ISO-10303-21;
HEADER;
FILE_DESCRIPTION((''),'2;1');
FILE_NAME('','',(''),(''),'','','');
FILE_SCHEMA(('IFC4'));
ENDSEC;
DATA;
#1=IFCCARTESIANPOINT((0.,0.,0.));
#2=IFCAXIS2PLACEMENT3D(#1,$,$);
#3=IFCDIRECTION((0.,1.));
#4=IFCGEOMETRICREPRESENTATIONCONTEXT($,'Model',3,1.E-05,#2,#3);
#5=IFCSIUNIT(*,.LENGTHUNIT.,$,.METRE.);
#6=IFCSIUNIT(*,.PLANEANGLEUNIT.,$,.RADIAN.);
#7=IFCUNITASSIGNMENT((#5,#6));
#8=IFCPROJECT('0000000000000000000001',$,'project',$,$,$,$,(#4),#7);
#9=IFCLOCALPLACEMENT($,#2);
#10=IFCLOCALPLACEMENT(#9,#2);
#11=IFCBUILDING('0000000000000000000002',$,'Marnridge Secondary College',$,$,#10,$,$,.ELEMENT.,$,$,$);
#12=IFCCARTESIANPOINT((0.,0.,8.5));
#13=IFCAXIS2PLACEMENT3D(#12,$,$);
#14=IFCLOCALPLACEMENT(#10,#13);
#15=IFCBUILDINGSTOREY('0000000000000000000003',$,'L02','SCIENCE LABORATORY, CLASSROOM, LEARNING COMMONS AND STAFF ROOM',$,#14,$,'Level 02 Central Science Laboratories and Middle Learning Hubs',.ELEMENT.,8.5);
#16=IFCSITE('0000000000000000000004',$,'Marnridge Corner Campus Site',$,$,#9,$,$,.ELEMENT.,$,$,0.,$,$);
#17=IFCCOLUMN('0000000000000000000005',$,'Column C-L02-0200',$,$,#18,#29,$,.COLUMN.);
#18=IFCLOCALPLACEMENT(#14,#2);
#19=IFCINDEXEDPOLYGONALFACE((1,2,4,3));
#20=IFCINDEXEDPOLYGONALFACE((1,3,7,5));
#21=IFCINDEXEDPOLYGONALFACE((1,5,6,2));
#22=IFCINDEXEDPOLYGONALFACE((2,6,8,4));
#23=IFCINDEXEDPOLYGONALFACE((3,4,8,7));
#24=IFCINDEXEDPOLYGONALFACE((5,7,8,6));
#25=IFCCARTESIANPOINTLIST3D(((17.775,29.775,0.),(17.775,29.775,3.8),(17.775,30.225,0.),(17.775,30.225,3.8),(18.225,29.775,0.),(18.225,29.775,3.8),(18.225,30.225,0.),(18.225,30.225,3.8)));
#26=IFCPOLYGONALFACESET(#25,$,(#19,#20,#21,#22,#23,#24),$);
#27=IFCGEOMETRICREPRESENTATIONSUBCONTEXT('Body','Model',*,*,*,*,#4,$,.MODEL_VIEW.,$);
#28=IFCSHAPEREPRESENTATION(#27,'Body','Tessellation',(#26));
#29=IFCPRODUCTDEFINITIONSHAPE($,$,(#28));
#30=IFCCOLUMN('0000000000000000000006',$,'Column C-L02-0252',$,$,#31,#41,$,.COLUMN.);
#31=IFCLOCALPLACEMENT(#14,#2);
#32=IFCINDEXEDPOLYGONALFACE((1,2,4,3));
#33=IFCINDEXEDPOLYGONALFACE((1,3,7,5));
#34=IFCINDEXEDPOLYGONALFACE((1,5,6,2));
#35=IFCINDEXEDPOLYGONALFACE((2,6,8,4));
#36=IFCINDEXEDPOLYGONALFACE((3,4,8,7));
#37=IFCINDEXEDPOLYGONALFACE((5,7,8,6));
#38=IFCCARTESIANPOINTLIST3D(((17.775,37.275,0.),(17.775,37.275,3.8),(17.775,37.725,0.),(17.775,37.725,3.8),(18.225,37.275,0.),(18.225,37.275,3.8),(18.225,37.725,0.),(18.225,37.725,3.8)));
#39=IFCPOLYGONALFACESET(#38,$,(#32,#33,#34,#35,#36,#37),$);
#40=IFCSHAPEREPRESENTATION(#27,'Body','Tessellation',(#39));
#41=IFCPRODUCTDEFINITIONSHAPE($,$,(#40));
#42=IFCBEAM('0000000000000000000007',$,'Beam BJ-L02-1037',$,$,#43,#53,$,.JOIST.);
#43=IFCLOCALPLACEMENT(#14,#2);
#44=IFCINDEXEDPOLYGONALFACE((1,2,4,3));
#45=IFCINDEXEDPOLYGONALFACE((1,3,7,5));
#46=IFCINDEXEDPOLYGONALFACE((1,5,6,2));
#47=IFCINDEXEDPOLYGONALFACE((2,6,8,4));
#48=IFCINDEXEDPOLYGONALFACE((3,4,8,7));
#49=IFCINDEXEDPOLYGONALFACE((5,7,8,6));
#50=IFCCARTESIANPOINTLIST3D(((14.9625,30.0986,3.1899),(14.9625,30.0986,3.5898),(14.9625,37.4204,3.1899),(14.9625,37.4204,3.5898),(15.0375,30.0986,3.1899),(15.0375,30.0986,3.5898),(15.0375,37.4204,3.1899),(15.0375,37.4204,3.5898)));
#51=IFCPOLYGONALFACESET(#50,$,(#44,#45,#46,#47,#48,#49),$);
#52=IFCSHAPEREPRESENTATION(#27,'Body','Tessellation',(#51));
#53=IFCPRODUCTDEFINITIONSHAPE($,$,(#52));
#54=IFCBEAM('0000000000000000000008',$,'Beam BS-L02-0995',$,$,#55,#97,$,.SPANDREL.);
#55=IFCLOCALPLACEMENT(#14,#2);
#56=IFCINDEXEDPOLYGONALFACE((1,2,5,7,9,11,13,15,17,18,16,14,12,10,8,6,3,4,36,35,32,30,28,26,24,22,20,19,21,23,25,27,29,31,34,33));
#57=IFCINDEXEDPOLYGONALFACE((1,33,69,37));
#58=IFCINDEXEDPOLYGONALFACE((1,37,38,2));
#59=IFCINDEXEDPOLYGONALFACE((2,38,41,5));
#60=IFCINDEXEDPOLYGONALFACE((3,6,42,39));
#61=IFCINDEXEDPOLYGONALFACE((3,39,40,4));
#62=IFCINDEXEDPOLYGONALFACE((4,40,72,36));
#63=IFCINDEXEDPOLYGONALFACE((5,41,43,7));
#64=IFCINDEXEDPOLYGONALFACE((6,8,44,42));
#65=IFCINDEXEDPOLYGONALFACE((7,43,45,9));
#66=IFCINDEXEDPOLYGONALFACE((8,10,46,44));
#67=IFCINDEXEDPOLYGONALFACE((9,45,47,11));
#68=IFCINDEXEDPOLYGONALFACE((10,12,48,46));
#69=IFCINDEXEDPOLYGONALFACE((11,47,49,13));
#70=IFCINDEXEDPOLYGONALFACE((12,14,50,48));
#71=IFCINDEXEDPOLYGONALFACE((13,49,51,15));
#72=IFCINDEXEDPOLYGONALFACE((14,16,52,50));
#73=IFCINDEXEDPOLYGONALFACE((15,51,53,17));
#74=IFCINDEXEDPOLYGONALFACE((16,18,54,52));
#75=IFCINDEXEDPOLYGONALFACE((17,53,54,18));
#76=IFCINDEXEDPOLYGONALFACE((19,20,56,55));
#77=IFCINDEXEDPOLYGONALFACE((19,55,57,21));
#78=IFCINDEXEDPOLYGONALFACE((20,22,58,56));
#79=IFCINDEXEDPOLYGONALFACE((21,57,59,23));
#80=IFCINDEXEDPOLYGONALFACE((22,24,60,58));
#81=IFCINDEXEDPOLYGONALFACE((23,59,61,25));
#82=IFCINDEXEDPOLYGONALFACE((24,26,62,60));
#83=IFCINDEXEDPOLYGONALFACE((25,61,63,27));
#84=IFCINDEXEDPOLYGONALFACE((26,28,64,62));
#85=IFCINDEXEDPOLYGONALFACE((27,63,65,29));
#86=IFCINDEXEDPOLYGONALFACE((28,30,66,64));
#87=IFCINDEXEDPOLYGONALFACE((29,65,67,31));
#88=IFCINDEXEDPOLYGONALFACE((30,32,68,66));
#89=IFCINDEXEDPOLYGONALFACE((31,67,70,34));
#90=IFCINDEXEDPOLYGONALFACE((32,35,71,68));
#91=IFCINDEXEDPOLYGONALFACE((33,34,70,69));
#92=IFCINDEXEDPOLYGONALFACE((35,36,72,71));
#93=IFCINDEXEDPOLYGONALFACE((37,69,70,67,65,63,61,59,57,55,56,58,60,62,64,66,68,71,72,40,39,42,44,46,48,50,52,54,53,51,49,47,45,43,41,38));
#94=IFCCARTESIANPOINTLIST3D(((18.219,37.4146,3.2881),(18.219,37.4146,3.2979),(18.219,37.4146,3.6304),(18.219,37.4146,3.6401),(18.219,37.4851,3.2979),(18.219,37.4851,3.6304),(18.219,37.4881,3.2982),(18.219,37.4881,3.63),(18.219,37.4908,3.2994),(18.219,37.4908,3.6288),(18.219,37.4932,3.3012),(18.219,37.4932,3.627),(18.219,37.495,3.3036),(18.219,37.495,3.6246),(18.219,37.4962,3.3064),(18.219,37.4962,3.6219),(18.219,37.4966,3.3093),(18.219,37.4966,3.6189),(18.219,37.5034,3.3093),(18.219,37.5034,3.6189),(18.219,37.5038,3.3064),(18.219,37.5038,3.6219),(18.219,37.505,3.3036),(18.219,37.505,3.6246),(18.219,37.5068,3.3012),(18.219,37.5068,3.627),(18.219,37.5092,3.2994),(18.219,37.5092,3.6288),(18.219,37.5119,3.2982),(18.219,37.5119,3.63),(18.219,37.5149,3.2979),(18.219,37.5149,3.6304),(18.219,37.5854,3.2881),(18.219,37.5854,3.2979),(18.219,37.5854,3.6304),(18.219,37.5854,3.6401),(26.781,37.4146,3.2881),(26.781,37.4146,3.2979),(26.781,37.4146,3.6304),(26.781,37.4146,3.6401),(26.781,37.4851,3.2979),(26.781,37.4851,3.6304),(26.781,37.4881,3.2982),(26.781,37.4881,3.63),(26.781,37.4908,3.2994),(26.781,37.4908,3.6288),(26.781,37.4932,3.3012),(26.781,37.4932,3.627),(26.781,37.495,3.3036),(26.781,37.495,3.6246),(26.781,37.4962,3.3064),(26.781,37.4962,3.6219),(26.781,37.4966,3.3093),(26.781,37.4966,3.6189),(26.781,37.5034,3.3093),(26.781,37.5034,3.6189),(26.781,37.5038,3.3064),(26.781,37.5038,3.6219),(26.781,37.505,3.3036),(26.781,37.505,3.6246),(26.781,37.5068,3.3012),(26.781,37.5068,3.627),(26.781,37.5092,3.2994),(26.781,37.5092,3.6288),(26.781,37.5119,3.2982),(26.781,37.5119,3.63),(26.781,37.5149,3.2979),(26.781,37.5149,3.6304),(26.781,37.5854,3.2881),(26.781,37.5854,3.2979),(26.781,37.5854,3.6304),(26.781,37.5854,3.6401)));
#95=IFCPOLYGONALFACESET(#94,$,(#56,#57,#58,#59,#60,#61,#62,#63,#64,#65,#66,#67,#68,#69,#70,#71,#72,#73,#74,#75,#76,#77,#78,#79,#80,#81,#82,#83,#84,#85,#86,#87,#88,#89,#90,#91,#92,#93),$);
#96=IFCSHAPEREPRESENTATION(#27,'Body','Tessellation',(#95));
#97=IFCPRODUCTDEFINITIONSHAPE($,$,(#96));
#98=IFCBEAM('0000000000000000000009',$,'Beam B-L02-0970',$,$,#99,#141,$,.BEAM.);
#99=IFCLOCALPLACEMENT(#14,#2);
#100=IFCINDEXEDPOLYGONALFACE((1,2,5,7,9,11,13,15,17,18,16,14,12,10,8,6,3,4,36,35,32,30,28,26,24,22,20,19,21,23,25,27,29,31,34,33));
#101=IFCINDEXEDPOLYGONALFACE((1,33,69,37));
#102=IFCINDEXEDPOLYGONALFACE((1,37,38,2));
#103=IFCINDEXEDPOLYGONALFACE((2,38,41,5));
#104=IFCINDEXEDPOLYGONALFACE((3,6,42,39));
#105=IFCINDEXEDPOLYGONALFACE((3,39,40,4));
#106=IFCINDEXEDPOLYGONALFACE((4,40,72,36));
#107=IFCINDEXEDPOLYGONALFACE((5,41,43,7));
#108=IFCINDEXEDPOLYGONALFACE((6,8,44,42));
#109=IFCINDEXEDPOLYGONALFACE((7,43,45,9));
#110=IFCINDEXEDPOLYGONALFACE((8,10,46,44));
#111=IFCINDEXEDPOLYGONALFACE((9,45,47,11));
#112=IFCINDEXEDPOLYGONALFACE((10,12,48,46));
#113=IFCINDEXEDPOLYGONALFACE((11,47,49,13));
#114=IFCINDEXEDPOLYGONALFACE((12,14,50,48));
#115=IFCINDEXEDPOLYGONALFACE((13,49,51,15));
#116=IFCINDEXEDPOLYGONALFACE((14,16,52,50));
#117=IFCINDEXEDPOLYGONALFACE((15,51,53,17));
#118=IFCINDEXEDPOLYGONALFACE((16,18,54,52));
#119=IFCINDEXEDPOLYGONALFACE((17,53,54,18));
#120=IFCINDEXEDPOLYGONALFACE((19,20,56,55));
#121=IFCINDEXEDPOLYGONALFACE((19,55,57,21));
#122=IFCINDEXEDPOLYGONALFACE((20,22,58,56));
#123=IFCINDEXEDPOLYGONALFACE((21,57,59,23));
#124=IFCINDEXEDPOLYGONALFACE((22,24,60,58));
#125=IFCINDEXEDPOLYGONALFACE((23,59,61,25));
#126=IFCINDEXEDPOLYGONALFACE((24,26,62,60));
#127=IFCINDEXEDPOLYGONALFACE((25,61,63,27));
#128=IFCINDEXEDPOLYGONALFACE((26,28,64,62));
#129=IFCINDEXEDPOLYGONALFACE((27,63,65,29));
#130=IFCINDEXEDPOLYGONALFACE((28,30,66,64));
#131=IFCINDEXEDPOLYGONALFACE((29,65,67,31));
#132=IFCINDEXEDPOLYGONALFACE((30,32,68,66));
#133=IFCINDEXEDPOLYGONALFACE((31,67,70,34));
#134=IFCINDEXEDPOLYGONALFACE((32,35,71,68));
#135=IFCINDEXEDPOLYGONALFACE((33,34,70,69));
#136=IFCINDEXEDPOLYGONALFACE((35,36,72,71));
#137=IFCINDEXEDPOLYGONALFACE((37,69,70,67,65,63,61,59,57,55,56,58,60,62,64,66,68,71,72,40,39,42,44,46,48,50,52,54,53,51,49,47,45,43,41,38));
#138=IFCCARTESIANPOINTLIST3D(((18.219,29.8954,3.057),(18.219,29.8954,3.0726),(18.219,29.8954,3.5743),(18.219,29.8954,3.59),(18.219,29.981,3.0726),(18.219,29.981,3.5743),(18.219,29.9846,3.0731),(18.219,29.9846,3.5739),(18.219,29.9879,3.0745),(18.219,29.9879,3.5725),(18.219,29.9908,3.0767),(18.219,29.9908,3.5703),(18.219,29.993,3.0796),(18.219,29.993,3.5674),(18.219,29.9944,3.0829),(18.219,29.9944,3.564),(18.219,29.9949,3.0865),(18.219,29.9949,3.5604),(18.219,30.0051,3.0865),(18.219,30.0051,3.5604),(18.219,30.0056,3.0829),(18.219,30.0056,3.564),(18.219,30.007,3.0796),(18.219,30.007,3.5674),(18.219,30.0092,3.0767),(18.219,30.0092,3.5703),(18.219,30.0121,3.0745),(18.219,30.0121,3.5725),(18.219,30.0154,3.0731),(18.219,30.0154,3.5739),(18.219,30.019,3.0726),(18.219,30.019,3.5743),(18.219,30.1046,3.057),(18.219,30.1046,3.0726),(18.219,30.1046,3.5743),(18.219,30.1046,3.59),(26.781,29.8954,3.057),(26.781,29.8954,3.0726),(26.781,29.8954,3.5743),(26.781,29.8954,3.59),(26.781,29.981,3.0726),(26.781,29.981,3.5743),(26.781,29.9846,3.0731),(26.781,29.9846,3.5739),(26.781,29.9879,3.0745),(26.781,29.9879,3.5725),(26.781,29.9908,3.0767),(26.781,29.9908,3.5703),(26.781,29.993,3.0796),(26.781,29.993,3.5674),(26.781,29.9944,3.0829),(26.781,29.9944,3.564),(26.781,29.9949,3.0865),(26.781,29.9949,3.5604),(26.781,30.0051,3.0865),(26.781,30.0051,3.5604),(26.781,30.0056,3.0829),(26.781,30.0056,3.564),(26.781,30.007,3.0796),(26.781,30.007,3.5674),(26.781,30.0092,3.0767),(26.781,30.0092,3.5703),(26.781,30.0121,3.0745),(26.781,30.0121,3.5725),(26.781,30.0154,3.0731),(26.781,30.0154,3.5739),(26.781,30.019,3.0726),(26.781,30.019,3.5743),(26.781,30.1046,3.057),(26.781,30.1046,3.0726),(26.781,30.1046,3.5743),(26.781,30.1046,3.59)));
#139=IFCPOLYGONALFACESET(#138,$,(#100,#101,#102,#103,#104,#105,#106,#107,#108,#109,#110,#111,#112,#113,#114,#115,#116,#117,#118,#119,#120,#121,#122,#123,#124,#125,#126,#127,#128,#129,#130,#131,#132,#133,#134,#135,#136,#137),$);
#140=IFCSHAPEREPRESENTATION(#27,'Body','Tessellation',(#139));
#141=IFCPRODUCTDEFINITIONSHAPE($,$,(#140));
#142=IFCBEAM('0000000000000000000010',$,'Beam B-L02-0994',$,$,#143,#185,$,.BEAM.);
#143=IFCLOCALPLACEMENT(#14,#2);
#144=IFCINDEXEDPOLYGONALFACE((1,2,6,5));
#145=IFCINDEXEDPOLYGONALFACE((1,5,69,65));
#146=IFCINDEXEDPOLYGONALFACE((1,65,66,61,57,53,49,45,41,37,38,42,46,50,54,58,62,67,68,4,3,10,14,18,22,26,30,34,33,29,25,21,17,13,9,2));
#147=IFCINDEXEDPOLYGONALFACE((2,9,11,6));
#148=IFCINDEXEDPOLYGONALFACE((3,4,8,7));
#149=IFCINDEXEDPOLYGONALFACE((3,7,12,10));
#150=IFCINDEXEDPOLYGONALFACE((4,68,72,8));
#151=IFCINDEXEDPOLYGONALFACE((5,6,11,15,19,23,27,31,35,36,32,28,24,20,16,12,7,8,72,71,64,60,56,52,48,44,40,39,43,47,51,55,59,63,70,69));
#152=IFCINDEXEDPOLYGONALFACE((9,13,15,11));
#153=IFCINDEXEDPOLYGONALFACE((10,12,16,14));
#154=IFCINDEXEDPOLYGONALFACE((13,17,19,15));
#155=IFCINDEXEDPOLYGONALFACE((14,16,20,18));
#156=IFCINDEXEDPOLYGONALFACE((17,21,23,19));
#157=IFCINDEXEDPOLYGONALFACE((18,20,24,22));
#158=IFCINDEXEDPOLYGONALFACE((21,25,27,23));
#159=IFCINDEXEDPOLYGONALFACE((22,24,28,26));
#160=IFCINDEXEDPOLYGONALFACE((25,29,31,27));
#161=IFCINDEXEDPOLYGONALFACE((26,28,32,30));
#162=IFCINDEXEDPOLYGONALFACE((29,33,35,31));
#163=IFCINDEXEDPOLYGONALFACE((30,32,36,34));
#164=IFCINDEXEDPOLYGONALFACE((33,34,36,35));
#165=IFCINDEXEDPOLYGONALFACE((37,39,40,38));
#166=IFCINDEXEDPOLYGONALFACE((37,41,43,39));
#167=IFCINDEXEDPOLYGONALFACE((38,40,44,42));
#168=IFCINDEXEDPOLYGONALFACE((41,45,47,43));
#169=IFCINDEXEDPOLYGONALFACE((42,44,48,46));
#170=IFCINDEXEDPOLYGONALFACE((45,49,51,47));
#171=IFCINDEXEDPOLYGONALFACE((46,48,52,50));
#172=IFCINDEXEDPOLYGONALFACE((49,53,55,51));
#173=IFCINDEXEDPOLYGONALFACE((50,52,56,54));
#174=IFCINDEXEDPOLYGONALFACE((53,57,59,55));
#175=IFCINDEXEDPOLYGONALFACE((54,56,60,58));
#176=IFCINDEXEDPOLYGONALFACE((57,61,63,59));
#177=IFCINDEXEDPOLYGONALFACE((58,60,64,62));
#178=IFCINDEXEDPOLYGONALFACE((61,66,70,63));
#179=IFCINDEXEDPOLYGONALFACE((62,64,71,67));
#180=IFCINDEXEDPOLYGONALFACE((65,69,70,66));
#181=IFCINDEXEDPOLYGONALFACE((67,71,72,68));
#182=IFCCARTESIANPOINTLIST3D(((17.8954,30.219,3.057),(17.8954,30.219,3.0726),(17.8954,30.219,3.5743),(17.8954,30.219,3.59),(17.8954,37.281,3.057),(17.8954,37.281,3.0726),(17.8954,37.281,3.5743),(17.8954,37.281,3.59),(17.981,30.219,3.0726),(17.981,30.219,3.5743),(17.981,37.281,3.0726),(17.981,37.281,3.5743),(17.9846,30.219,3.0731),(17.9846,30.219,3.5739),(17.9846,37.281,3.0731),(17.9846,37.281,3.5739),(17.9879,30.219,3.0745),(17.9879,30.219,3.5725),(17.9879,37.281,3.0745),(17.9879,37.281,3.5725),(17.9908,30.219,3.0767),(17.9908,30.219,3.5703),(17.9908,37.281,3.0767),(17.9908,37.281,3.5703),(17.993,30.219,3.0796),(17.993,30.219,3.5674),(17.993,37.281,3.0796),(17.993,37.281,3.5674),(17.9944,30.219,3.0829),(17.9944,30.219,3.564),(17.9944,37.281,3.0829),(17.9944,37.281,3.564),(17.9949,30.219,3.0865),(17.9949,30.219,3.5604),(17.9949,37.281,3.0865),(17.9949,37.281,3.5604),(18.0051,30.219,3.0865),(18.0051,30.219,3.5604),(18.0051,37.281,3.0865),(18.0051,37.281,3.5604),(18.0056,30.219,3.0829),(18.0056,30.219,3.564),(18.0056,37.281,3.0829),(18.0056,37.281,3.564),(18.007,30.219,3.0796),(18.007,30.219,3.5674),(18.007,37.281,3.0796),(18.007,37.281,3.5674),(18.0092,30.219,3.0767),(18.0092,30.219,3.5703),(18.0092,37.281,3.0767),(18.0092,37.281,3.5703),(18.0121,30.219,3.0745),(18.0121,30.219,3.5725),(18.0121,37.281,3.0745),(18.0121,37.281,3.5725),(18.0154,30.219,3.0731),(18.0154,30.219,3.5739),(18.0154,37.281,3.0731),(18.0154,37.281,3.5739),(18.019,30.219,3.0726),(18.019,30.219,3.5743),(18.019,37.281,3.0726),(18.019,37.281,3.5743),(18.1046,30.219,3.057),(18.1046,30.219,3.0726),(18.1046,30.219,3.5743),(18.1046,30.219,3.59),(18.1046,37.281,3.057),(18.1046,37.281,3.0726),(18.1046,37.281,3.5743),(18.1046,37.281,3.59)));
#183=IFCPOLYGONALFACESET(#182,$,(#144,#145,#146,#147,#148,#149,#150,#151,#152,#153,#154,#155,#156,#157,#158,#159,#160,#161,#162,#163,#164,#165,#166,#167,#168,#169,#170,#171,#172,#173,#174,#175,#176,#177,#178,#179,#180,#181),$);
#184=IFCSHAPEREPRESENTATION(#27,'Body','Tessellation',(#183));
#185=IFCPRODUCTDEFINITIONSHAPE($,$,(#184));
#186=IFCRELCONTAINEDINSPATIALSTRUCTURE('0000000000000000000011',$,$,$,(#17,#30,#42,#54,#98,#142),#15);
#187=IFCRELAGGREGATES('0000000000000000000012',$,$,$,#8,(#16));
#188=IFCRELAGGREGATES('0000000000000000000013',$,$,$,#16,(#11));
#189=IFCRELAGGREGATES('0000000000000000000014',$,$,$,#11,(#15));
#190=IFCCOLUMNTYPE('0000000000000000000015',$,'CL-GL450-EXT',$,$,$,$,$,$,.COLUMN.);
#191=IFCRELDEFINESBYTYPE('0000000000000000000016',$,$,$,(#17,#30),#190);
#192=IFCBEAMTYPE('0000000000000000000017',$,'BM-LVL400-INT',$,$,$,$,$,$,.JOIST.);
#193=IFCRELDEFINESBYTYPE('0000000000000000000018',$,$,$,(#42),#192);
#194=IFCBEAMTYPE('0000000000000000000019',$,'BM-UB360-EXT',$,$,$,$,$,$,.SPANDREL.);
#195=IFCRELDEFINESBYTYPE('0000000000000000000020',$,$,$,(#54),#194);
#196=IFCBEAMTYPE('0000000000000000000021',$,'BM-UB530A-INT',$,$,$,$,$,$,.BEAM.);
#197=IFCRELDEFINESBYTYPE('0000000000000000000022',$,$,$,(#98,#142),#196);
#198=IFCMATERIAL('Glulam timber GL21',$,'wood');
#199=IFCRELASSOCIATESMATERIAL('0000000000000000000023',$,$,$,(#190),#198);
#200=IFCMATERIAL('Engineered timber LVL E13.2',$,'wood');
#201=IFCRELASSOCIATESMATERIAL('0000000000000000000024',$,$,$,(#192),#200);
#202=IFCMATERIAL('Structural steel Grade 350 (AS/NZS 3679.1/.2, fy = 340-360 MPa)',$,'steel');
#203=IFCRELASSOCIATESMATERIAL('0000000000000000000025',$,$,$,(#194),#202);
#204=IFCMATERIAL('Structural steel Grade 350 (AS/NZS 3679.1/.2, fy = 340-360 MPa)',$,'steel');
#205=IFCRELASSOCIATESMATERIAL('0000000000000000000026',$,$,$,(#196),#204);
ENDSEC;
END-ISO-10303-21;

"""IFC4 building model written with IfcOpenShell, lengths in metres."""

from ifc_helpers import new_model, si_unit, direction, frame, origin, origin_2d, place, context, subcontext, project, spatial, rectangle, i_section, extrude, material, material_profile, profile_set, type_object, element, save


model = new_model("IFC4")

# Units and contexts
model_context = context("Model", 3, precision=1e-05, world=origin(), true_north=direction((0.0, 1.0)))
body_context = subcontext(model_context, "Body", "Model", "MODEL_VIEW")
ifc_project = project(units=[si_unit("LENGTHUNIT", "METRE"), si_unit("PLANEANGLEUNIT", "RADIAN")], contexts=[model_context])

# Site, building, storey
site_placement = place(None, origin())
site = spatial("IfcSite", under=ifc_project, at=site_placement, Name="Marnridge Corner Campus Site", CompositionType="ELEMENT", RefElevation=0.0)
building_placement = place(site_placement, origin())
building = spatial("IfcBuilding", under=site, at=building_placement, Name="Marnridge Secondary College", CompositionType="ELEMENT")
storey_placement = place(building_placement, frame((0.0, 0.0, 8.5)))
storey = spatial("IfcBuildingStorey", under=building, at=storey_placement, Name="L02", Description="SCIENCE LABORATORY, CLASSROOM, LEARNING COMMONS AND STAFF ROOM", LongName="Level 02 Central Science Laboratories and Middle Learning Hubs", CompositionType="ELEMENT", Elevation=8.5)

# Columns
ifc_material_1 = material(Name="Glulam timber GL21", Category="wood")
ifc_material_profile_1 = material_profile(ifc_material_1, rectangle(XDim=0.45, YDim=0.45, at=origin_2d()), Name="GL21 450x450")
ifc_profile_set_1 = profile_set([ifc_material_profile_1], Name="Glulam timber GL21")
column_type = type_object("IfcColumnType", Name="CL-GL450-EXT", PredefinedType="COLUMN", material=ifc_profile_set_1)
for number, where, z_axis, x_axis, name in (
    (1, (18.0, 30.0, 0.0), (0.0, 0.0, 1.0), (1.0, 0.0, 0.0), "Column C-L02-0200"),
    (2, (18.0, 37.5, 0.0), (0.0, 0.0, 1.0), (1.0, 0.0, 0.0), "Column C-L02-0252"),
):
    element("IfcColumn", number, at=place(storey_placement, frame(where, z_axis=z_axis, x_axis=x_axis)), inside=storey, type_object=column_type, Name=name, PredefinedType="COLUMN", context=body_context, shape_type="SweptSolid", body=[
        extrude(rectangle(XDim=0.45, YDim=0.45, at=origin_2d()), origin(), (0.0, 0.0, 1.0), 3.8),
    ])

# Beams
ifc_material_2 = material(Name="Engineered timber LVL E13.2", Category="wood")
ifc_material_profile_2 = material_profile(ifc_material_2, rectangle(XDim=0.075, YDim=0.3999, at=origin_2d()), Name="LVL 75x400")
ifc_profile_set_2 = profile_set([ifc_material_profile_2], Name="Engineered timber LVL E13.2")
beam_type_1 = type_object("IfcBeamType", Name="BM-LVL400-INT", PredefinedType="JOIST", material=ifc_profile_set_2)
beam_1_placement = place(storey_placement, frame((15.0, 30.0986, 3.3899), z_axis=(0.0, 1.0, 0.0), x_axis=(-1.0, 0.0, 0.0)))
element("IfcBeam", 3, at=beam_1_placement, inside=storey, type_object=beam_type_1, Name="Beam BJ-L02-1037", PredefinedType="JOIST", context=body_context, shape_type="SweptSolid", body=[
    extrude(rectangle(XDim=0.075, YDim=0.3999, at=origin_2d()), origin(), (0.0, 0.0, 1.0), 7.3218),
])
ifc_material_3 = material(Name="Structural steel Grade 350 (AS/NZS 3679.1/.2, fy = 340-360 MPa)", Category="steel")
ifc_material_profile_3 = material_profile(ifc_material_3, i_section(OverallWidth=0.1709, OverallDepth=0.3521, WebThickness=0.0068, FlangeThickness=0.0098, FilletRadius=0.0115, at=origin_2d()), Name="360UB44.7")
ifc_profile_set_3 = profile_set([ifc_material_profile_3], Name="Structural steel Grade 350 (AS/NZS 3679.1/.2, fy = 340-360 MPa)")
beam_type_2 = type_object("IfcBeamType", Name="BM-UB360-EXT", PredefinedType="SPANDREL", material=ifc_profile_set_3)
beam_2_placement = place(storey_placement, frame((18.219, 37.5, 3.4641), z_axis=(1.0, 0.0, 0.0), x_axis=(0.0, 1.0, 0.0)))
element("IfcBeam", 4, at=beam_2_placement, inside=storey, type_object=beam_type_2, Name="Beam BS-L02-0995", PredefinedType="SPANDREL", context=body_context, shape_type="SweptSolid", body=[
    extrude(i_section(OverallWidth=0.1709, OverallDepth=0.3521, WebThickness=0.0068, FlangeThickness=0.0098, FilletRadius=0.0115, at=origin_2d()), origin(), (0.0, 0.0, 1.0), 8.562),
])
ifc_material_4 = material(Name="Structural steel Grade 350 (AS/NZS 3679.1/.2, fy = 340-360 MPa)", Category="steel")
ifc_material_profile_4 = material_profile(ifc_material_4, i_section(OverallWidth=0.2092, OverallDepth=0.533, WebThickness=0.0103, FlangeThickness=0.0156, FilletRadius=0.0139, at=origin_2d()), Name="530UB92.4")
ifc_profile_set_4 = profile_set([ifc_material_profile_4], Name="Structural steel Grade 350 (AS/NZS 3679.1/.2, fy = 340-360 MPa)")
beam_type_3 = type_object("IfcBeamType", Name="BM-UB530A-INT", PredefinedType="BEAM", material=ifc_profile_set_4)
beam_3_placement = place(storey_placement, frame((18.219, 30.0, 3.3235), z_axis=(1.0, 0.0, 0.0), x_axis=(0.0, 1.0, 0.0)))
element("IfcBeam", 5, at=beam_3_placement, inside=storey, type_object=beam_type_3, Name="Beam B-L02-0970", PredefinedType="BEAM", context=body_context, shape_type="SweptSolid", body=[
    extrude(i_section(OverallWidth=0.2092, OverallDepth=0.533, WebThickness=0.0103, FlangeThickness=0.0156, FilletRadius=0.0139, at=origin_2d()), origin(), (0.0, 0.0, 1.0), 8.562),
])
beam_4_placement = place(storey_placement, frame((18.0, 30.219, 3.3235), z_axis=(0.0, 1.0, 0.0), x_axis=(-1.0, 0.0, 0.0)))
element("IfcBeam", 6, at=beam_4_placement, inside=storey, type_object=beam_type_3, Name="Beam B-L02-0994", PredefinedType="BEAM", context=body_context, shape_type="SweptSolid", body=[
    extrude(i_section(OverallWidth=0.2092, OverallDepth=0.533, WebThickness=0.0103, FlangeThickness=0.0156, FilletRadius=0.0139, at=origin_2d()), origin(), (0.0, 0.0, 1.0), 7.062),
])

save(model, "model.ifc")
